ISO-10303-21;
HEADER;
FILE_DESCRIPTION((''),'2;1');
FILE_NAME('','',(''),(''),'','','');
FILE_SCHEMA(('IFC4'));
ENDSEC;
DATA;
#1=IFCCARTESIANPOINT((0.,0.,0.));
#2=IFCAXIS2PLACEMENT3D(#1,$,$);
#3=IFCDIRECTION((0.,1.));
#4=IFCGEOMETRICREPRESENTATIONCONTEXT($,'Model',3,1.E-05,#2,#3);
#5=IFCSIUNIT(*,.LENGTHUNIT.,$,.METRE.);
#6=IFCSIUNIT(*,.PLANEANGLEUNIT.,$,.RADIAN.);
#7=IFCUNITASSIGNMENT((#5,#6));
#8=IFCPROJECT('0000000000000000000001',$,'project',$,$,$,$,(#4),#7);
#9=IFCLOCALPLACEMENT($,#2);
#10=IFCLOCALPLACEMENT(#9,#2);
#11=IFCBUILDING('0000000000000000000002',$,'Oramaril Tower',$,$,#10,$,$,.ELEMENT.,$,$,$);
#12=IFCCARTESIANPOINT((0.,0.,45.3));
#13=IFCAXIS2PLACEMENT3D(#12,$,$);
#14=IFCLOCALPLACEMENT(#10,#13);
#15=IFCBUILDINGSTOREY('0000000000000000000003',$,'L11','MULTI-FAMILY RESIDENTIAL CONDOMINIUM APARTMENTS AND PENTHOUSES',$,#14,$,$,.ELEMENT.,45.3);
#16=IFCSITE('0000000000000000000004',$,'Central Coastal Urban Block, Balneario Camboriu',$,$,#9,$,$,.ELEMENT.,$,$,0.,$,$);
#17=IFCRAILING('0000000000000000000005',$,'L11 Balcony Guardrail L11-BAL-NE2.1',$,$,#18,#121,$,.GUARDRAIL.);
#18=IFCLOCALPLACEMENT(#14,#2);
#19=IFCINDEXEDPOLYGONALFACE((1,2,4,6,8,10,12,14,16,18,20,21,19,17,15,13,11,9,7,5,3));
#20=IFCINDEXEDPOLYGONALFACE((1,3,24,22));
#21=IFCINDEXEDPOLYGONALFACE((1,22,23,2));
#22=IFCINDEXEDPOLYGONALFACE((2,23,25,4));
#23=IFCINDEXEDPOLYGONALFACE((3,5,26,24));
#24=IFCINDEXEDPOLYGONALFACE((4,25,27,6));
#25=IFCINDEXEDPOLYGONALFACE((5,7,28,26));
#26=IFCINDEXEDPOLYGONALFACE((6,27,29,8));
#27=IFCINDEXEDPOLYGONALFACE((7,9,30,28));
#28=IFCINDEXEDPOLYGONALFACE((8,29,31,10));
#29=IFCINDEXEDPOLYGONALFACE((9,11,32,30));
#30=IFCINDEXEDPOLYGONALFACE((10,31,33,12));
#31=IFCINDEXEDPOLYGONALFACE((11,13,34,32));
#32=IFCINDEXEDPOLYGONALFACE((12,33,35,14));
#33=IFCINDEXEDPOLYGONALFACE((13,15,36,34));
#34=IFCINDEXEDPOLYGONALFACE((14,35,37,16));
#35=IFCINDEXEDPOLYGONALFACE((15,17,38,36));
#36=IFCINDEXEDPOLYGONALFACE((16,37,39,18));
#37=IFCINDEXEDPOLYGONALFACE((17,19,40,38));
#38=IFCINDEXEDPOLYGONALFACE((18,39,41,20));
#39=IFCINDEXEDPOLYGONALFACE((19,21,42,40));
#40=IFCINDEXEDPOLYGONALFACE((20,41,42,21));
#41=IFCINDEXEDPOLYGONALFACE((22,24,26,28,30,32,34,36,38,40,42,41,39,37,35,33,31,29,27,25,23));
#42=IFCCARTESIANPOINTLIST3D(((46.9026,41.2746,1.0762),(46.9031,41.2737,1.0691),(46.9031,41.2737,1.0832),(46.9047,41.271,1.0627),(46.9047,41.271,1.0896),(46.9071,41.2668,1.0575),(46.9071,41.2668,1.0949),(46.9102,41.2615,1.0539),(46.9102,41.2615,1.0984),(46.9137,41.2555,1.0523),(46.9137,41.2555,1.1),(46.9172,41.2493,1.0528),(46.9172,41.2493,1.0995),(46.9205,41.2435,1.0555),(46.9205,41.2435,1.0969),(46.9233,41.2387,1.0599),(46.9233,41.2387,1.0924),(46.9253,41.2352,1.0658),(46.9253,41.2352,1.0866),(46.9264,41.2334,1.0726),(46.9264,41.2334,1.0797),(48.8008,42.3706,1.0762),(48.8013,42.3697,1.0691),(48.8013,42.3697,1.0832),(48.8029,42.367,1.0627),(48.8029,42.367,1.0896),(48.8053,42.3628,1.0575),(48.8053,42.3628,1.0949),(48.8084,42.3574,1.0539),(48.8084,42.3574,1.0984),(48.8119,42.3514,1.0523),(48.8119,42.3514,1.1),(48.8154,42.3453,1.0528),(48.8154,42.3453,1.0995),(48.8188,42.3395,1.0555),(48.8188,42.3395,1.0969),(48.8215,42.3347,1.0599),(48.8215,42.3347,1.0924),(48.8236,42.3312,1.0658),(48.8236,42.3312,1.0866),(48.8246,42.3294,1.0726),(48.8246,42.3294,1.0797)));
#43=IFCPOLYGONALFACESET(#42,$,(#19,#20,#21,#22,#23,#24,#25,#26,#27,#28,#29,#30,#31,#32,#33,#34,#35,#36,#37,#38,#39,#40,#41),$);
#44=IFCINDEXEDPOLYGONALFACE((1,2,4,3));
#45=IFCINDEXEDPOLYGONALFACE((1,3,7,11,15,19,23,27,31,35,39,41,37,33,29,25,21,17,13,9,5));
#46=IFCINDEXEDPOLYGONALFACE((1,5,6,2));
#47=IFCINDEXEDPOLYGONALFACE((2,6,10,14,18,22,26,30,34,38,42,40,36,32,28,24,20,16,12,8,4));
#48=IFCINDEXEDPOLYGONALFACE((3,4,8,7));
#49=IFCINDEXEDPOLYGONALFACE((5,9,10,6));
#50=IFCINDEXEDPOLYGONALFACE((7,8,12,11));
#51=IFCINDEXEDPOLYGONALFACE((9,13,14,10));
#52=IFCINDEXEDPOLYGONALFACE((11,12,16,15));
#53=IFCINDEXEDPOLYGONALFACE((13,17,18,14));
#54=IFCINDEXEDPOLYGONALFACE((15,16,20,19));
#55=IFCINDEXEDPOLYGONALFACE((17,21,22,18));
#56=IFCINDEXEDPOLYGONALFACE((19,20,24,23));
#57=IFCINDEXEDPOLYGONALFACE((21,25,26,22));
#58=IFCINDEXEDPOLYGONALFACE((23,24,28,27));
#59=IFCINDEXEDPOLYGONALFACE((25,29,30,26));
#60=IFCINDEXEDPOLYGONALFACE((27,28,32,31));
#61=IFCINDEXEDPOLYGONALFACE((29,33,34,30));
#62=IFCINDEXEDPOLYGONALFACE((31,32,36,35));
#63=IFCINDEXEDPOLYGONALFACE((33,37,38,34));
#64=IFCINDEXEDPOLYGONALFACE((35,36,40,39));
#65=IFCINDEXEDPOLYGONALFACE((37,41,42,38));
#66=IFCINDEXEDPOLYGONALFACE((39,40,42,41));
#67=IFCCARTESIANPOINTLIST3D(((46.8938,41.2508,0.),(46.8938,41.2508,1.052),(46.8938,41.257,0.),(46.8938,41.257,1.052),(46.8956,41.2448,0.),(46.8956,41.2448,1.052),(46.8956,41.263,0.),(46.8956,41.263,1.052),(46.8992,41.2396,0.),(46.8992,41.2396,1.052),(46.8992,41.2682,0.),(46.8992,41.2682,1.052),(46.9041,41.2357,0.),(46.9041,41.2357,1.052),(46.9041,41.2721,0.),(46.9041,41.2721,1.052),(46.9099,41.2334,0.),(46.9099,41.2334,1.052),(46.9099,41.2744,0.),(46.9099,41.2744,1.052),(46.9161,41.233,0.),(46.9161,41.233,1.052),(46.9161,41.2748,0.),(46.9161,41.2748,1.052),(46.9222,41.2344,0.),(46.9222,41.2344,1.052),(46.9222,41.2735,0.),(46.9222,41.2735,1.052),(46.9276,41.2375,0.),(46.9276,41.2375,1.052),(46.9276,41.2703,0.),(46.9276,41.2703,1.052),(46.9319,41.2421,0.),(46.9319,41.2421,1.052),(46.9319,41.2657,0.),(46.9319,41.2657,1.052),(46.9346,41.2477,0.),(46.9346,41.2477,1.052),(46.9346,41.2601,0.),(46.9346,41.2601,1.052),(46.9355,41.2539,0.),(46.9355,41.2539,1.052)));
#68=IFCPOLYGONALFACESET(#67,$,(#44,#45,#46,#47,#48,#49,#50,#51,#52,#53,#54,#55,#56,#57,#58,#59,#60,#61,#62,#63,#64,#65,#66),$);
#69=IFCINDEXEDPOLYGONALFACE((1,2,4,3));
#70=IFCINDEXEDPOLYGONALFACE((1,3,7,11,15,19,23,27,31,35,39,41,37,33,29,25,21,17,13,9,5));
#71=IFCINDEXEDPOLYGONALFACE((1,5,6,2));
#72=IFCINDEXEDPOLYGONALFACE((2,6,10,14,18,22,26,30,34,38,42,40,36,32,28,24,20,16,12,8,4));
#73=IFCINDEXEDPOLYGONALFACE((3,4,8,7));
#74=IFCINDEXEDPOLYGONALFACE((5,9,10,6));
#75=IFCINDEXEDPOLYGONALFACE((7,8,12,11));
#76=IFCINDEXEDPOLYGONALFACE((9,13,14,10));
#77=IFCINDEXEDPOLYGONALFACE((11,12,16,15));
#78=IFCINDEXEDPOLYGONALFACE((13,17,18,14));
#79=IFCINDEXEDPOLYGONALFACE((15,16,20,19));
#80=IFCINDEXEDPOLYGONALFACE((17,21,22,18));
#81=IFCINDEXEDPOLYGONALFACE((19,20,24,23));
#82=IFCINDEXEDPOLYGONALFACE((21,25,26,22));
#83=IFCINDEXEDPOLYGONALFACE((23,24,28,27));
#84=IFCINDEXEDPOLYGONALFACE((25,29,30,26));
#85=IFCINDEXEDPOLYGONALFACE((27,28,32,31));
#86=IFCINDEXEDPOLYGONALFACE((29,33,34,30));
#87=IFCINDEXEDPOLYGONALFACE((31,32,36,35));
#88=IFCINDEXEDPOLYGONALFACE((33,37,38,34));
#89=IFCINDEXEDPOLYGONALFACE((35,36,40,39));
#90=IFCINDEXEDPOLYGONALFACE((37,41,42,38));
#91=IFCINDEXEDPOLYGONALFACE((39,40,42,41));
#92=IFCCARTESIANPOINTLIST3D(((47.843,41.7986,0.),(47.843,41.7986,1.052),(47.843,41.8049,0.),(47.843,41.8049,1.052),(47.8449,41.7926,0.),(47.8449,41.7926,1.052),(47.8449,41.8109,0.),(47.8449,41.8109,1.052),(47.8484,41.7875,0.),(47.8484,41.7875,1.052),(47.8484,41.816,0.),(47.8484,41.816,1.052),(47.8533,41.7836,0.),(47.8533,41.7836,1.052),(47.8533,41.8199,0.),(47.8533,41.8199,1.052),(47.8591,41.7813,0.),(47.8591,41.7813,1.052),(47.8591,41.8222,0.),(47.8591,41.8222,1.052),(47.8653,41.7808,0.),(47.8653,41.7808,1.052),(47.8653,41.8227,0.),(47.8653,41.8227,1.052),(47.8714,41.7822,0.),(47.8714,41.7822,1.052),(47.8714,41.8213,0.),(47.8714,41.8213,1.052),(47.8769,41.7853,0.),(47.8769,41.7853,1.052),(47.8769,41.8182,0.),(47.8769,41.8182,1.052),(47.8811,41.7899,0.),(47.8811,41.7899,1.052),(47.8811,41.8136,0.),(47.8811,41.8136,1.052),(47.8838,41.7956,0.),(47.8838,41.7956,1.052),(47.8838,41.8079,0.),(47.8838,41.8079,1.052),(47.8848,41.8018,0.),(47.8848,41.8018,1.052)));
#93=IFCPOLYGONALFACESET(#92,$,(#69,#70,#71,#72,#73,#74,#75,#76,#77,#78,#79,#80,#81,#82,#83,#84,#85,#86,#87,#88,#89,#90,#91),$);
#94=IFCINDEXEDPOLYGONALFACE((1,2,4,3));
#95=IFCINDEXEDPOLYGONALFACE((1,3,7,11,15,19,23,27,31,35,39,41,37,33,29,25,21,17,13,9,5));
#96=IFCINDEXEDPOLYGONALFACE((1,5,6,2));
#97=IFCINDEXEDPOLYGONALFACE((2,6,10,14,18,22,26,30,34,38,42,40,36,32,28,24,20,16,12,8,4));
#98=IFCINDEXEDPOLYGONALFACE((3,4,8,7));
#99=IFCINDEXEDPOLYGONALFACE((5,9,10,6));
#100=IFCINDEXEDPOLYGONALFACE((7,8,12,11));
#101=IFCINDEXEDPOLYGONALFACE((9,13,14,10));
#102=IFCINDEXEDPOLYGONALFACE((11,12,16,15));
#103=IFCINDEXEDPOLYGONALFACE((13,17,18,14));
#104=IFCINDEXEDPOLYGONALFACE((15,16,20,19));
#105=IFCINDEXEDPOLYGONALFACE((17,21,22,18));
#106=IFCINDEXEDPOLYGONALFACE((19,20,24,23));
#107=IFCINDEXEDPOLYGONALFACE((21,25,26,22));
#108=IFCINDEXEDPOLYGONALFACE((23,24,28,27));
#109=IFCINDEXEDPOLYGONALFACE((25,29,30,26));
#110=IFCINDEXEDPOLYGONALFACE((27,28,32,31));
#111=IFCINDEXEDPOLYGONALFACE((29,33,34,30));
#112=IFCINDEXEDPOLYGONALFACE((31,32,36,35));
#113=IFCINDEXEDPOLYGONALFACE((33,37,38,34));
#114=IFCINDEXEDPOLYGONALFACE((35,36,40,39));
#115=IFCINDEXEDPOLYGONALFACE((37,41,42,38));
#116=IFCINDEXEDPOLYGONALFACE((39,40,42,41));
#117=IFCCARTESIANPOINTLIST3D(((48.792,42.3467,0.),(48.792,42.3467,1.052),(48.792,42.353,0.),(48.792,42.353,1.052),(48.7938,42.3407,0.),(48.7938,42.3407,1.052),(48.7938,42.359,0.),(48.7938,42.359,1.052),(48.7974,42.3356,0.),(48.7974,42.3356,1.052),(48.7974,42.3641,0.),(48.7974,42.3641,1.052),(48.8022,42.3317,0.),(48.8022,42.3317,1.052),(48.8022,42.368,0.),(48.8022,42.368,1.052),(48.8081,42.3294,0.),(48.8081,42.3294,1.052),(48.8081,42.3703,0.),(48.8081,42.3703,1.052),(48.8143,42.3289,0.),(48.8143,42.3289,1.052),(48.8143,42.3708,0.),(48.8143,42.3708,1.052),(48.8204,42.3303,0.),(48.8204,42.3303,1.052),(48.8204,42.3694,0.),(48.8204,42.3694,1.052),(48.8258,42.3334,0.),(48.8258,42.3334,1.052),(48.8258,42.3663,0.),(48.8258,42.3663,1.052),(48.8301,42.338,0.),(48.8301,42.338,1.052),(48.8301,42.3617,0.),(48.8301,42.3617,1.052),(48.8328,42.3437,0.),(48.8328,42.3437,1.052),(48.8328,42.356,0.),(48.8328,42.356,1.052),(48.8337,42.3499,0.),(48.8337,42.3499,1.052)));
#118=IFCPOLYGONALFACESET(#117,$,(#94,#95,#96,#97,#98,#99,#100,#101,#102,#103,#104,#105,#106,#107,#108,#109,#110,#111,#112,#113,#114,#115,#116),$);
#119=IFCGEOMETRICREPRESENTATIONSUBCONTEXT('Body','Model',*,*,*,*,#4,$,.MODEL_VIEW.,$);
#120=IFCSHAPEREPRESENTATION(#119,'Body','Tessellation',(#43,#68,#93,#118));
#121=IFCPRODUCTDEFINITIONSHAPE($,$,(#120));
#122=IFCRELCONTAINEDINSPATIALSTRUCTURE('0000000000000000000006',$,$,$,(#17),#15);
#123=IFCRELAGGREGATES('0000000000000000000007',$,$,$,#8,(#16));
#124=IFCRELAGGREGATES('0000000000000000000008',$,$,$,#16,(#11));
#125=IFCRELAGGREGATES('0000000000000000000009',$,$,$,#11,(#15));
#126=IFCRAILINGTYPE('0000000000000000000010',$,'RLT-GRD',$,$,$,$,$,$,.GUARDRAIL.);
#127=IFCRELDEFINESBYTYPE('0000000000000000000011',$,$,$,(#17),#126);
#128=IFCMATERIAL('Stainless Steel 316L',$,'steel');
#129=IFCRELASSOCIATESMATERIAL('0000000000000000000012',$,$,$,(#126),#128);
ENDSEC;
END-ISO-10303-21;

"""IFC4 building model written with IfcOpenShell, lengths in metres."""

from ifc_helpers import new_model, si_unit, direction, frame, origin, origin_2d, place, context, subcontext, project, spatial, circle, extrude, material, type_object, element, save


model = new_model("IFC4")

# Units and contexts
model_context = context("Model", 3, precision=1e-05, world=origin(), true_north=direction((0.0, 1.0)))
body_context = subcontext(model_context, "Body", "Model", "MODEL_VIEW")
ifc_project = project(units=[si_unit("LENGTHUNIT", "METRE"), si_unit("PLANEANGLEUNIT", "RADIAN")], contexts=[model_context])

# Site, building, storey
site_placement = place(None, origin())
site = spatial("IfcSite", under=ifc_project, at=site_placement, Name="Central Coastal Urban Block, Balneario Camboriu", CompositionType="ELEMENT", RefElevation=0.0)
building_placement = place(site_placement, origin())
building = spatial("IfcBuilding", under=site, at=building_placement, Name="Oramaril Tower", CompositionType="ELEMENT")
storey_placement = place(building_placement, frame((0.0, 0.0, 45.3)))
storey = spatial("IfcBuildingStorey", under=building, at=storey_placement, Name="L11", Description="MULTI-FAMILY RESIDENTIAL CONDOMINIUM APARTMENTS AND PENTHOUSES", CompositionType="ELEMENT", Elevation=45.3)

# Railing
ifc_material_1 = material(Name="Stainless Steel 316L", Category="steel")
railing_type = type_object("IfcRailingType", Name="RLT-GRD", PredefinedType="GUARDRAIL", material=ifc_material_1)
railing_placement = place(storey_placement, frame((46.9146, 41.2539, 0.0)))
element("IfcRailing", 1, at=railing_placement, inside=storey, type_object=railing_type, Name="L11 Balcony Guardrail L11-BAL-NE2.1", PredefinedType="GUARDRAIL", context=body_context, shape_type="SweptSolid", body=[
    extrude(circle(Radius=0.0239, at=origin_2d()), frame((0.0, 0.0, 1.0762), z_axis=(0.866021, 0.500008, 0.0), x_axis=(-0.500008, 0.866021, 0.0)), (0.0, 0.0, 1.0), 2.1919),
    extrude(circle(Radius=0.021, at=origin_2d()), origin(), (0.0, 0.0, 1.0), 1.052),
    extrude(circle(Radius=0.021, at=origin_2d()), frame((0.9492, 0.5479, 0.0)), (0.0, 0.0, 1.0), 1.052),
    extrude(circle(Radius=0.021, at=origin_2d()), frame((1.8982, 1.0959, 0.0)), (0.0, 0.0, 1.0), 1.052),
])

save(model, "model.ifc")
